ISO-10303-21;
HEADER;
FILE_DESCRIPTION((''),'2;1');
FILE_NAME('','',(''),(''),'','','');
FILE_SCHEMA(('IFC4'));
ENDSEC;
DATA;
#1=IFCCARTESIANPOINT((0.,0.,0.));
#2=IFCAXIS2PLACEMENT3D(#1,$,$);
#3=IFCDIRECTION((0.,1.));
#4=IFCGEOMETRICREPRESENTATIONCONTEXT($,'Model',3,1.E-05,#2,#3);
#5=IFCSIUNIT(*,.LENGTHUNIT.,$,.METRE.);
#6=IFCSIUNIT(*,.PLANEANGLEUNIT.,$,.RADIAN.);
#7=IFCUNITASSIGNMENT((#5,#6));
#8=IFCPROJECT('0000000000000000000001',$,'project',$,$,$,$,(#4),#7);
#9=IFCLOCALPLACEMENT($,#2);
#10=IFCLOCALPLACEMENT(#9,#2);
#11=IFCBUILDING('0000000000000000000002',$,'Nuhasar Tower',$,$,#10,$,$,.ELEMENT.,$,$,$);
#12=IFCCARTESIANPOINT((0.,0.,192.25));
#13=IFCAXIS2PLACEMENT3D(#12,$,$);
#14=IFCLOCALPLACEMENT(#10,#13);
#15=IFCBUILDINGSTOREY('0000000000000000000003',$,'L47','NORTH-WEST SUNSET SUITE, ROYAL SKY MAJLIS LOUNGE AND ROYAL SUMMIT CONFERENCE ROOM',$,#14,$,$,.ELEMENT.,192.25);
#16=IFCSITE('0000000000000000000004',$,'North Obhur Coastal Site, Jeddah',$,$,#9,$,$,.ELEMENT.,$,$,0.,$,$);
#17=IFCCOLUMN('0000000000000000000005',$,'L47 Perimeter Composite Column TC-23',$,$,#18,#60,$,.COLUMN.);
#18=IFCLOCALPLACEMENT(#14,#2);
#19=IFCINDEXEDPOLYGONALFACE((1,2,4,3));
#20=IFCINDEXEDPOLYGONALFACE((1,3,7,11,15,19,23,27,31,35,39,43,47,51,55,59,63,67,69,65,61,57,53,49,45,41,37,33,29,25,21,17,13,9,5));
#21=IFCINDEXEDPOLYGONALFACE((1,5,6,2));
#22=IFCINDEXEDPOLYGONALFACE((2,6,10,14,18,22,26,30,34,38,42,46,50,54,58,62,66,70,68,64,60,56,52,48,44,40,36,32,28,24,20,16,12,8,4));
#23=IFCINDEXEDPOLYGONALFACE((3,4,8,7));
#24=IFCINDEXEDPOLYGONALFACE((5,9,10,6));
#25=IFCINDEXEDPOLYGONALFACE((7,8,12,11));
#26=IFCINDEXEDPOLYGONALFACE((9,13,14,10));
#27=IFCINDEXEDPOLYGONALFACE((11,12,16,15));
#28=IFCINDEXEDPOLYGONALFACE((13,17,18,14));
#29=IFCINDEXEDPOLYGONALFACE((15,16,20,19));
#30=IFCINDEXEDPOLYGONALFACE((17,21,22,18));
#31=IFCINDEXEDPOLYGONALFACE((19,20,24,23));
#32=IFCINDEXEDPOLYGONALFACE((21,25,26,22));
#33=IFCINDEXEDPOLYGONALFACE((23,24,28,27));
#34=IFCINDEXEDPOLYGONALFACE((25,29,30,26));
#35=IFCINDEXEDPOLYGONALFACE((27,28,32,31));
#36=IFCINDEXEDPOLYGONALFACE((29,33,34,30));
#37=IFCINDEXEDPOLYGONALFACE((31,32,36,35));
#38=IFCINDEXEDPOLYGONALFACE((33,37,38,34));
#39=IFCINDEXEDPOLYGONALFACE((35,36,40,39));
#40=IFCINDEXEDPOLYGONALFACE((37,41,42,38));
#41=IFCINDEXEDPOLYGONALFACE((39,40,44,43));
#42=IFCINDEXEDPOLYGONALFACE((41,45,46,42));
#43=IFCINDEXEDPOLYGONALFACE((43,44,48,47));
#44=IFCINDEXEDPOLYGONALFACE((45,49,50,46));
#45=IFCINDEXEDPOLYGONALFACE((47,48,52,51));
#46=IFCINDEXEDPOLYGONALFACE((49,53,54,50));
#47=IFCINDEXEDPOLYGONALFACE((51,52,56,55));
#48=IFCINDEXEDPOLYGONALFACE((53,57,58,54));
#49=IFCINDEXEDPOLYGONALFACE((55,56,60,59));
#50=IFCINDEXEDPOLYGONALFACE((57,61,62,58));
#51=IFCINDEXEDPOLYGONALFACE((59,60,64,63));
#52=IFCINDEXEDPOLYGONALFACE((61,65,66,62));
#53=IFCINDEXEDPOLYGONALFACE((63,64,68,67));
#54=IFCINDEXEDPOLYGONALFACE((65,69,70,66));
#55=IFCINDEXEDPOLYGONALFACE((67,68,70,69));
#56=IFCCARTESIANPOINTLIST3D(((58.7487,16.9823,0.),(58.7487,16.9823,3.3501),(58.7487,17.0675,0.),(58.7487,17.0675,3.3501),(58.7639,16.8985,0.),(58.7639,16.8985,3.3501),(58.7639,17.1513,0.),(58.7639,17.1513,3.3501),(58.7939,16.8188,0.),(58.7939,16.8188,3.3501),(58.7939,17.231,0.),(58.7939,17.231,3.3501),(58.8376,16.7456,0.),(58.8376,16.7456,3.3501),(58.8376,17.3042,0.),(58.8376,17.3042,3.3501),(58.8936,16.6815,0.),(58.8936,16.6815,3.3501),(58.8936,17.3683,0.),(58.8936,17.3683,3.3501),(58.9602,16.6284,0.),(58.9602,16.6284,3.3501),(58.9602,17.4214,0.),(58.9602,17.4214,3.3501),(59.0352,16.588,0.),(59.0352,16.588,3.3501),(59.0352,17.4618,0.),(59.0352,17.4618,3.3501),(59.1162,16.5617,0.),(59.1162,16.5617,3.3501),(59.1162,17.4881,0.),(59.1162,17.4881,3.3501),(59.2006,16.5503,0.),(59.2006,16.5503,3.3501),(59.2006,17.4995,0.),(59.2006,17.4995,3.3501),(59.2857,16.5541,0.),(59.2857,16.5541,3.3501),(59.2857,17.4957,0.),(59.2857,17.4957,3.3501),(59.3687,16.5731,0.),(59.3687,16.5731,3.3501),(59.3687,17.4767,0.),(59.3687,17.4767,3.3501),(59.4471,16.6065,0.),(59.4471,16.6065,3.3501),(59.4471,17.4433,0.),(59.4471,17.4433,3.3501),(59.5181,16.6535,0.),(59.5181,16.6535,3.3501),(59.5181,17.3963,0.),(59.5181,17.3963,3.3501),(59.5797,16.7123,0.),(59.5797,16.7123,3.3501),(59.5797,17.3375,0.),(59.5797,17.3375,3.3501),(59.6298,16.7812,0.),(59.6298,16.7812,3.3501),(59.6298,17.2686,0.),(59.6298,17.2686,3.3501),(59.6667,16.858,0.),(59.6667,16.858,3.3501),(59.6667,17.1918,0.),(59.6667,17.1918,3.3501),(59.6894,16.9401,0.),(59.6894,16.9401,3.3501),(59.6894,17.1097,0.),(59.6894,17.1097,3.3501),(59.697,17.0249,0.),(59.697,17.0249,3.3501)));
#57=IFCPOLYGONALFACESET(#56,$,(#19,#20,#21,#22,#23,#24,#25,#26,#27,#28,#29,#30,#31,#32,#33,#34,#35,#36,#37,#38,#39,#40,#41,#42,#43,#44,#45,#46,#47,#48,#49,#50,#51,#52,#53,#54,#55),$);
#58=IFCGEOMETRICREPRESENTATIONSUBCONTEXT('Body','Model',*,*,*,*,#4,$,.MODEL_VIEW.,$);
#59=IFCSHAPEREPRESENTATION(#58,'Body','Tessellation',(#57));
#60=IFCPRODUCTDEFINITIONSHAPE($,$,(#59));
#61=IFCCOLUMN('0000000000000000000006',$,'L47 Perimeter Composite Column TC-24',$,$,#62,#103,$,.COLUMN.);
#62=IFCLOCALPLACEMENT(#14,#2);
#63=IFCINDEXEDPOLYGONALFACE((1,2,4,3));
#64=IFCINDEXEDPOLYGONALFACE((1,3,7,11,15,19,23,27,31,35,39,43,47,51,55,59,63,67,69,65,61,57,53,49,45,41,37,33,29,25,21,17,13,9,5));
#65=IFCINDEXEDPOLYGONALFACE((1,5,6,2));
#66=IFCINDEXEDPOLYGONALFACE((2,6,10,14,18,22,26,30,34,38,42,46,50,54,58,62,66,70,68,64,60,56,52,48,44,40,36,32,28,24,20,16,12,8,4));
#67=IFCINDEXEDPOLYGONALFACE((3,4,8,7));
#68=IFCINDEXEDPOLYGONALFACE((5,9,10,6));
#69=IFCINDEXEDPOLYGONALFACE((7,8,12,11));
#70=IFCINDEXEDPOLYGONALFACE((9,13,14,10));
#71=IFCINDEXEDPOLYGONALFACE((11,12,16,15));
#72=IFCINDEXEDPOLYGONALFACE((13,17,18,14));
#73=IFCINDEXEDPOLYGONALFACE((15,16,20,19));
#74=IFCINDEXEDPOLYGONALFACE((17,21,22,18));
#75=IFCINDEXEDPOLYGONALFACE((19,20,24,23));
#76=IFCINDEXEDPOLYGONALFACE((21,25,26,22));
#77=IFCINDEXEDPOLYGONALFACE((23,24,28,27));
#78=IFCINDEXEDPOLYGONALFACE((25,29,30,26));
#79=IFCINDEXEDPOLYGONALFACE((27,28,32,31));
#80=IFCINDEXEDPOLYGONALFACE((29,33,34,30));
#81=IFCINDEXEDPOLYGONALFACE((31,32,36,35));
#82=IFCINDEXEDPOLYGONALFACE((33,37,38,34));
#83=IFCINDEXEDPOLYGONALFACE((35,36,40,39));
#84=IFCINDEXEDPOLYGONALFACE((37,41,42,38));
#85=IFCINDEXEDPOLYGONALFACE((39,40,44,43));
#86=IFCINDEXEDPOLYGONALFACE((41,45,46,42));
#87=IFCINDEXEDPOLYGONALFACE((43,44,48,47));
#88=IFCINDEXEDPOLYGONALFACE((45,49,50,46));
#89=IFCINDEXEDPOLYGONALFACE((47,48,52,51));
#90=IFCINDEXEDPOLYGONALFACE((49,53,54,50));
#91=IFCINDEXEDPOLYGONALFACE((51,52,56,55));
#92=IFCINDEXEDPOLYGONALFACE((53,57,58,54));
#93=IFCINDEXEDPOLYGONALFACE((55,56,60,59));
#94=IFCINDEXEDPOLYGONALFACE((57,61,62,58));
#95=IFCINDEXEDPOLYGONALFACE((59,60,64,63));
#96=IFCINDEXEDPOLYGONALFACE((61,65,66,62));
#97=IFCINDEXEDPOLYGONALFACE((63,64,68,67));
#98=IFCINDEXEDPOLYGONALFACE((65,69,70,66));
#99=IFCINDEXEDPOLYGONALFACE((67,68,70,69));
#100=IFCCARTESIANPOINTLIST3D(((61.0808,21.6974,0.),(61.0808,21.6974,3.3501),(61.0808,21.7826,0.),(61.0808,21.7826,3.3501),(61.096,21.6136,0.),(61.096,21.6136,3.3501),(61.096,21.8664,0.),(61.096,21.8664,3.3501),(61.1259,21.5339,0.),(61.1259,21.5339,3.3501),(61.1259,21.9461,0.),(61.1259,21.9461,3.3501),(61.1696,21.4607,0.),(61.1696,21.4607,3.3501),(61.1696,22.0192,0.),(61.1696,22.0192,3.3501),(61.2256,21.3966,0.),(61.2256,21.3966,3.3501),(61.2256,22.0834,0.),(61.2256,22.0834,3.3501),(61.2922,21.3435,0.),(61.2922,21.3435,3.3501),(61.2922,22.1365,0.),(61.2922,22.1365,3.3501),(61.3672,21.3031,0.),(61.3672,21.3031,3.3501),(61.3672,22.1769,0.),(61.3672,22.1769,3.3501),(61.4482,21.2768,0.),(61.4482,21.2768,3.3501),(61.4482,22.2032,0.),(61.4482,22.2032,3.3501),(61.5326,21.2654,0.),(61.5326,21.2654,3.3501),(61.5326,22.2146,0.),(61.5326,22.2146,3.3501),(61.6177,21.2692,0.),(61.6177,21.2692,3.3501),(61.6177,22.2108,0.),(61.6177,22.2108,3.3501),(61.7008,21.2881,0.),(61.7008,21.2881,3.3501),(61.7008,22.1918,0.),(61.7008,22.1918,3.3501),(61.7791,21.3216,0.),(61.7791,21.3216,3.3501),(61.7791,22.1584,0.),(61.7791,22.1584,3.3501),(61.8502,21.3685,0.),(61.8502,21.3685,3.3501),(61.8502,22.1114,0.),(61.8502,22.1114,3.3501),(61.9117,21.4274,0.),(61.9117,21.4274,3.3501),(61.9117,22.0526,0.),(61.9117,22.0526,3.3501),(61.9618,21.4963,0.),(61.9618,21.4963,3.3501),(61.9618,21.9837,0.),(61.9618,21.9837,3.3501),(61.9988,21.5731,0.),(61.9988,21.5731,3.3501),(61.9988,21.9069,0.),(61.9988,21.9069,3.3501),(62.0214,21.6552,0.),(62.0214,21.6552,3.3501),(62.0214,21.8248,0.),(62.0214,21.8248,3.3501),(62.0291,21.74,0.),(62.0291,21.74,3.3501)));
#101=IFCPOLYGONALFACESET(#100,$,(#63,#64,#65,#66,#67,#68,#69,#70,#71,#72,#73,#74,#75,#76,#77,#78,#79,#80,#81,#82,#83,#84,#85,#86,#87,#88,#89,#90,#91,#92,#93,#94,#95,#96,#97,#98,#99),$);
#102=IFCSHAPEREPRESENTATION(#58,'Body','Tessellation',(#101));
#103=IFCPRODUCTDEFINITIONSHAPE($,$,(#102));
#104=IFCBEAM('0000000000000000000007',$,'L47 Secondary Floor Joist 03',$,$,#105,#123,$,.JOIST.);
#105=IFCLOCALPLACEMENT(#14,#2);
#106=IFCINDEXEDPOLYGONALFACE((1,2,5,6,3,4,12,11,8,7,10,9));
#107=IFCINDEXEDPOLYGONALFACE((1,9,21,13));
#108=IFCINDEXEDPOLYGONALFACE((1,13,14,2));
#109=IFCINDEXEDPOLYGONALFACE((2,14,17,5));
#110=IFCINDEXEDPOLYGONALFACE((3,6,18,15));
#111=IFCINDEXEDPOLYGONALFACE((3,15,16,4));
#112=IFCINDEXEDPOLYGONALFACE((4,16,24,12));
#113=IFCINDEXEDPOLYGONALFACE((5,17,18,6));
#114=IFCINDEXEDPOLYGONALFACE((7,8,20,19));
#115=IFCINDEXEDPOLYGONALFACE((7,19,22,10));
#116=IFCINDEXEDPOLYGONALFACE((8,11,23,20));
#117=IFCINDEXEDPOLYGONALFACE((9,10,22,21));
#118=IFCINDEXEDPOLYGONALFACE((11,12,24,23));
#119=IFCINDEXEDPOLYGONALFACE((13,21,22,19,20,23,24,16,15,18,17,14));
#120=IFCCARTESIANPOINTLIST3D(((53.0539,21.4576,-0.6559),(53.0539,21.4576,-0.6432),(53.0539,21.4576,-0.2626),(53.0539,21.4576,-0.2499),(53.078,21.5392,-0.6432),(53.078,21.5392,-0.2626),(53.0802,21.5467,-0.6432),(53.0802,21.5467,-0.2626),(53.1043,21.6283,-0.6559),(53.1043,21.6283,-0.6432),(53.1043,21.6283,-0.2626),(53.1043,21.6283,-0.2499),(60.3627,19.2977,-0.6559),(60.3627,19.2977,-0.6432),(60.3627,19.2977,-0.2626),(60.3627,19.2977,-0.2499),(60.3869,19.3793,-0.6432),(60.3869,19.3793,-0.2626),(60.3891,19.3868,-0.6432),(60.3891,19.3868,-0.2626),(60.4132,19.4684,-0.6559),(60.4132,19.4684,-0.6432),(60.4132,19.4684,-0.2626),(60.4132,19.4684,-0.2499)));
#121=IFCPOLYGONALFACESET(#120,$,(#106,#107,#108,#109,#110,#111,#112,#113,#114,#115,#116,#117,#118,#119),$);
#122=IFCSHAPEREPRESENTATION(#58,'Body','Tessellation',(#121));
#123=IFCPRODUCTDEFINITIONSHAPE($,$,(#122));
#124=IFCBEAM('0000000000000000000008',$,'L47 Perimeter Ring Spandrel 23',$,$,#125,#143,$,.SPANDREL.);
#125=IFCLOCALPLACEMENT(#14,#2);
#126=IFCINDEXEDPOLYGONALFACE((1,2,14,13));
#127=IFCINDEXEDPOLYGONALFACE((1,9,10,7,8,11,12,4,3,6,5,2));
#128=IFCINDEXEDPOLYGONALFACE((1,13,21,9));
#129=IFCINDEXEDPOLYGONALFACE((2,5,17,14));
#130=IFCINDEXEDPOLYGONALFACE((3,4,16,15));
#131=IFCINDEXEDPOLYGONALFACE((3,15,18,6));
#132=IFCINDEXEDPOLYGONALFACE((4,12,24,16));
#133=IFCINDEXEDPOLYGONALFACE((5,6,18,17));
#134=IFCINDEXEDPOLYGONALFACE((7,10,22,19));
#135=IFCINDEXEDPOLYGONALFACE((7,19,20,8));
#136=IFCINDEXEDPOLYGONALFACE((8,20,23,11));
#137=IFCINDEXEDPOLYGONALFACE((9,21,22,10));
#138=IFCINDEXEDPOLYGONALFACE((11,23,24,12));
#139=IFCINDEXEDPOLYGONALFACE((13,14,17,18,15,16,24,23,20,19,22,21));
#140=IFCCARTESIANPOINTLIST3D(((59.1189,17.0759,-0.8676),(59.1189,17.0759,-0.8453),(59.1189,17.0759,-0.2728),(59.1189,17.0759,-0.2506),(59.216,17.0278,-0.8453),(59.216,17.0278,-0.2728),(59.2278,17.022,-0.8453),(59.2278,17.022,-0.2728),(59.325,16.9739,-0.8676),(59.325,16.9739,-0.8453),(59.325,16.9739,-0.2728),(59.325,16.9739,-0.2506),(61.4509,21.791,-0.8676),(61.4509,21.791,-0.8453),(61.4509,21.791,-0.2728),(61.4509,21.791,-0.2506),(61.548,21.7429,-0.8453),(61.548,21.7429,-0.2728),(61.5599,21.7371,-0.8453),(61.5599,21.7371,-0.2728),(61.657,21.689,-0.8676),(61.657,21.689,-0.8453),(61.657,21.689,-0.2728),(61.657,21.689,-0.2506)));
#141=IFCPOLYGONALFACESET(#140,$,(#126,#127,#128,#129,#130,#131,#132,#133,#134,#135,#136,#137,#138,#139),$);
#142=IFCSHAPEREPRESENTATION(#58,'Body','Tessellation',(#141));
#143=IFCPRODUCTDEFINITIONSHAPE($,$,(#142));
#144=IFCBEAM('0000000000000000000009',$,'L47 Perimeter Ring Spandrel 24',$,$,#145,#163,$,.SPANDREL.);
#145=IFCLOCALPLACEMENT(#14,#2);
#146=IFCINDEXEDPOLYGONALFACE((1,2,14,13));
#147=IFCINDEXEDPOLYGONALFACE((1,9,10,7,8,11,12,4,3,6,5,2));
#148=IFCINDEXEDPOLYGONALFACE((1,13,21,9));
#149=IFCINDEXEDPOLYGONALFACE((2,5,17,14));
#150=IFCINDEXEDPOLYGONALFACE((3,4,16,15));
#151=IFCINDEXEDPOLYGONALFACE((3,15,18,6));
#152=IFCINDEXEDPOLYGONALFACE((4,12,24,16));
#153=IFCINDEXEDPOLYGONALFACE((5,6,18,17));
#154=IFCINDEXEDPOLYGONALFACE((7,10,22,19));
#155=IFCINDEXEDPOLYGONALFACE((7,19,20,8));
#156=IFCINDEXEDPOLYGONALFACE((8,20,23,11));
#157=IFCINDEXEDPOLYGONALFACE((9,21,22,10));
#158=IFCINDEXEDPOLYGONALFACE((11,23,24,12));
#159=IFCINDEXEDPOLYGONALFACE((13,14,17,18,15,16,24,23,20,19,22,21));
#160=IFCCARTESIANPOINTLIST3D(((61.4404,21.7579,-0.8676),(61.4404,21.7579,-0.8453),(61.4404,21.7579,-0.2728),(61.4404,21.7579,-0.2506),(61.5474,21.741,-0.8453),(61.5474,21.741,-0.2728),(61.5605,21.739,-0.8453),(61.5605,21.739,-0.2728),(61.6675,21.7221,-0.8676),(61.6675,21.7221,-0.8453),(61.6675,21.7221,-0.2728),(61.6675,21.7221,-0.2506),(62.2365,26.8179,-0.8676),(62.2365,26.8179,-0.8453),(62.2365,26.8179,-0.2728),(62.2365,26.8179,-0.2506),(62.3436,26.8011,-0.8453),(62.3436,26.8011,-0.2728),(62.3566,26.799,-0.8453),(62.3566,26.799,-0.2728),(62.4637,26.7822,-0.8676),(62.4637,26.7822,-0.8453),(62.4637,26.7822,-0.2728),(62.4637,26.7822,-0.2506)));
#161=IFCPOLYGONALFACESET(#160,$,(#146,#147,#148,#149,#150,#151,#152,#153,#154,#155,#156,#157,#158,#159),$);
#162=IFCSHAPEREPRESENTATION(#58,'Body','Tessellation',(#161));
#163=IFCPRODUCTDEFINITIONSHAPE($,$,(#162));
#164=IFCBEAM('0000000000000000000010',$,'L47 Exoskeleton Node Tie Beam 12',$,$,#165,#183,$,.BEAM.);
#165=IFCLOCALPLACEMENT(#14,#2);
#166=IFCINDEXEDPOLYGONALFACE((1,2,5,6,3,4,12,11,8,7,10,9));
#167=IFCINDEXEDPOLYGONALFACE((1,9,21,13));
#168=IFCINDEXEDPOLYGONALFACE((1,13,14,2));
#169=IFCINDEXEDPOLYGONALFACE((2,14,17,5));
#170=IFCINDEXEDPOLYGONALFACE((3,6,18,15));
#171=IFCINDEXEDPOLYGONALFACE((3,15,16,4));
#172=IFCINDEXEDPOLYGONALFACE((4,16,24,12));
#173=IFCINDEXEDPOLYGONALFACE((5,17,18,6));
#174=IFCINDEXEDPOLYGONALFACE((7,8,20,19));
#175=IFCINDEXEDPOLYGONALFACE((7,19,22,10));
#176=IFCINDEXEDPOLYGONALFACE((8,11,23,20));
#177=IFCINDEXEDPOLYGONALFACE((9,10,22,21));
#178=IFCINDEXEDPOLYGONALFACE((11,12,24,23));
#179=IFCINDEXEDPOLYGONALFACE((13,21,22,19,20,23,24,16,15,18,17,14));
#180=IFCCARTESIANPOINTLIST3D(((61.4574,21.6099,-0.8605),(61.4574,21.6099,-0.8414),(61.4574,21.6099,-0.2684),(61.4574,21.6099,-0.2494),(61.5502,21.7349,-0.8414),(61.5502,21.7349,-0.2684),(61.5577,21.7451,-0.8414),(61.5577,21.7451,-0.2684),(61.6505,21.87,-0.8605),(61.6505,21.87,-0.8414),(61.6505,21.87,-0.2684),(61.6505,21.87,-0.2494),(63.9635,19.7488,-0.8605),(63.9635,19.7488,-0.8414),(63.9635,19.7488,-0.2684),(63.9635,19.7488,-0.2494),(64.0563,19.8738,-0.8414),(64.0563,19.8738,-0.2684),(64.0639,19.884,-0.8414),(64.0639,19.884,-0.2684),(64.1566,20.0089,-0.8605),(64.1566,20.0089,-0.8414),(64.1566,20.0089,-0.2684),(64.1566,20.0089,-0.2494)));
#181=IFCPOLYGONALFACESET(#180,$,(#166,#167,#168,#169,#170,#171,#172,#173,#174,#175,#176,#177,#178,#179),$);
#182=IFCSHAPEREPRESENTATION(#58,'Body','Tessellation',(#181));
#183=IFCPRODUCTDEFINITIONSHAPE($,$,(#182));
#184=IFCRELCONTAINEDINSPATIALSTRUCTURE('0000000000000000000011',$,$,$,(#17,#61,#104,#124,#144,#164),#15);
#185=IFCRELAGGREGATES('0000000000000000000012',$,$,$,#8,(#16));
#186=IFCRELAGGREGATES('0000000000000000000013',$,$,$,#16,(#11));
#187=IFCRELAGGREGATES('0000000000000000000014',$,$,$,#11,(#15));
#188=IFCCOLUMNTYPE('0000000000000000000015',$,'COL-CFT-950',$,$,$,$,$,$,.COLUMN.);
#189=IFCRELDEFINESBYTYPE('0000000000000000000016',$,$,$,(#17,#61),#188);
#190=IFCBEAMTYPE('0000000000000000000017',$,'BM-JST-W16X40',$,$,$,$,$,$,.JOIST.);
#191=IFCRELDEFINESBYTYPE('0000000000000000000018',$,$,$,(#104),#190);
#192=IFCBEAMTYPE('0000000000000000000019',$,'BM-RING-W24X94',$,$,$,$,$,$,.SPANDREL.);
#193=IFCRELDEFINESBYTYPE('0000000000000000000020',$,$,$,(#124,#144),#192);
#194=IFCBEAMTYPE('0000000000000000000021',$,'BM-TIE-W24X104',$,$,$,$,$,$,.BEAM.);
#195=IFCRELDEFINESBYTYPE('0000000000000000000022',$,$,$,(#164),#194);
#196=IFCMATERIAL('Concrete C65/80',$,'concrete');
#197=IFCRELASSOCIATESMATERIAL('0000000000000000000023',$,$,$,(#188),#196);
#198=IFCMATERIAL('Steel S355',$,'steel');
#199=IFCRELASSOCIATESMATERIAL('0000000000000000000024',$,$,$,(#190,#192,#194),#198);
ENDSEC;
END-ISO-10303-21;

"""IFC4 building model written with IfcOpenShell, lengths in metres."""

from ifc_helpers import new_model, si_unit, direction, frame, origin, origin_2d, place, context, subcontext, project, spatial, circle, i_section, extrude, material, material_profile, profile_set, type_object, element, save


model = new_model("IFC4")

# Units and contexts
model_context = context("Model", 3, precision=1e-05, world=origin(), true_north=direction((0.0, 1.0)))
body_context = subcontext(model_context, "Body", "Model", "MODEL_VIEW")
ifc_project = project(units=[si_unit("LENGTHUNIT", "METRE"), si_unit("PLANEANGLEUNIT", "RADIAN")], contexts=[model_context])

# Site, building, storey
site_placement = place(None, origin())
site = spatial("IfcSite", under=ifc_project, at=site_placement, Name="North Obhur Coastal Site, Jeddah", CompositionType="ELEMENT", RefElevation=0.0)
building_placement = place(site_placement, origin())
building = spatial("IfcBuilding", under=site, at=building_placement, Name="Nuhasar Tower", CompositionType="ELEMENT")
storey_placement = place(building_placement, frame((0.0, 0.0, 192.25)))
storey = spatial("IfcBuildingStorey", under=building, at=storey_placement, Name="L47", Description="NORTH-WEST SUNSET SUITE, ROYAL SKY MAJLIS LOUNGE AND ROYAL SUMMIT CONFERENCE ROOM", CompositionType="ELEMENT", Elevation=192.25)

# Columns
ifc_material_1 = material(Name="Concrete C65/80", Category="concrete")
ifc_material_profile_1 = material_profile(ifc_material_1, circle(Radius=0.4751, at=origin_2d()), Name="CFT950")
ifc_profile_set_1 = profile_set([ifc_material_profile_1], Name="Concrete C65/80")
column_type = type_object("IfcColumnType", Name="COL-CFT-950", PredefinedType="COLUMN", material=ifc_profile_set_1)
for number, where, z_axis, x_axis, name in (
    (1, (59.2219, 17.0249, 0.0), (0.0, 0.0, 1.0), (1.0, 0.0, 0.0), "L47 Perimeter Composite Column TC-23"),
    (2, (61.554, 21.74, 0.0), (0.0, 0.0, 1.0), (1.0, 0.0, 0.0), "L47 Perimeter Composite Column TC-24"),
):
    element("IfcColumn", number, at=place(storey_placement, frame(where, z_axis=z_axis, x_axis=x_axis)), inside=storey, type_object=column_type, Name=name, PredefinedType="COLUMN", context=body_context, shape_type="SweptSolid", body=[
        extrude(circle(Radius=0.4751, at=origin_2d()), origin(), (0.0, 0.0, 1.0), 3.3501),
    ])

# Beams
ifc_material_2 = material(Name="Steel S355", Category="steel")
ifc_material_profile_2 = material_profile(ifc_material_2, i_section(OverallWidth=0.178, OverallDepth=0.406, WebThickness=0.0078, FlangeThickness=0.0127, at=origin_2d()), Name="W16X40")
ifc_profile_set_2 = profile_set([ifc_material_profile_2], Name="Steel S355")
beam_type_1 = type_object("IfcBeamType", Name="BM-JST-W16X40", PredefinedType="JOIST", material=ifc_profile_set_2)
beam_1_placement = place(storey_placement, frame((53.0791, 21.543, -0.4529), z_axis=(0.959, -0.283404, 0.0), x_axis=(0.283404, 0.959, 0.0)))
element("IfcBeam", 3, at=beam_1_placement, inside=storey, type_object=beam_type_1, Name="L47 Secondary Floor Joist 03", PredefinedType="JOIST", context=body_context, shape_type="SweptSolid", body=[
    extrude(i_section(OverallWidth=0.178, OverallDepth=0.406, WebThickness=0.0078, FlangeThickness=0.0127, at=origin_2d()), origin(), (0.0, 0.0, 1.0), 7.6213),
])
ifc_material_profile_3 = material_profile(ifc_material_2, i_section(OverallWidth=0.23, OverallDepth=0.6169, WebThickness=0.0132, FlangeThickness=0.0222, at=origin_2d()), Name="W24X94")
ifc_profile_set_3 = profile_set([ifc_material_profile_3], Name="Steel S355")
beam_type_2 = type_object("IfcBeamType", Name="BM-RING-W24X94", PredefinedType="SPANDREL", material=ifc_profile_set_3)
beam_2_placement = place(storey_placement, frame((59.2219, 17.0249, -0.5591), z_axis=(0.443329, 0.896359, 0.0), x_axis=(-0.896359, 0.443329, 0.0)))
element("IfcBeam", 4, at=beam_2_placement, inside=storey, type_object=beam_type_2, Name="L47 Perimeter Ring Spandrel 23", PredefinedType="SPANDREL", context=body_context, shape_type="SweptSolid", body=[
    extrude(i_section(OverallWidth=0.23, OverallDepth=0.6169, WebThickness=0.0132, FlangeThickness=0.0222, at=origin_2d()), origin(), (0.0, 0.0, 1.0), 5.2603),
])
beam_3_placement = place(storey_placement, frame((61.554, 21.74, -0.5591), z_axis=(0.155427, 0.987847, 0.0), x_axis=(-0.987847, 0.155427, 0.0)))
element("IfcBeam", 5, at=beam_3_placement, inside=storey, type_object=beam_type_2, Name="L47 Perimeter Ring Spandrel 24", PredefinedType="SPANDREL", context=body_context, shape_type="SweptSolid", body=[
    extrude(i_section(OverallWidth=0.23, OverallDepth=0.6169, WebThickness=0.0132, FlangeThickness=0.0222, at=origin_2d()), origin(), (0.0, 0.0, 1.0), 5.1223),
])
ifc_material_profile_4 = material_profile(ifc_material_2, i_section(OverallWidth=0.324, OverallDepth=0.6111, WebThickness=0.0127, FlangeThickness=0.019, at=origin_2d()), Name="W24X104")
ifc_profile_set_4 = profile_set([ifc_material_profile_4], Name="Steel S355")
beam_type_3 = type_object("IfcBeamType", Name="BM-TIE-W24X104", PredefinedType="BEAM", material=ifc_profile_set_4)
beam_4_placement = place(storey_placement, frame((61.554, 21.74, -0.5549), z_axis=(0.802835, -0.596202, 0.0), x_axis=(0.596202, 0.802835, 0.0)))
element("IfcBeam", 6, at=beam_4_placement, inside=storey, type_object=beam_type_3, Name="L47 Exoskeleton Node Tie Beam 12", PredefinedType="BEAM", context=body_context, shape_type="SweptSolid", body=[
    extrude(i_section(OverallWidth=0.324, OverallDepth=0.6111, WebThickness=0.0127, FlangeThickness=0.019, at=origin_2d()), origin(), (0.0, 0.0, 1.0), 3.1216),
])

save(model, "model.ifc")
